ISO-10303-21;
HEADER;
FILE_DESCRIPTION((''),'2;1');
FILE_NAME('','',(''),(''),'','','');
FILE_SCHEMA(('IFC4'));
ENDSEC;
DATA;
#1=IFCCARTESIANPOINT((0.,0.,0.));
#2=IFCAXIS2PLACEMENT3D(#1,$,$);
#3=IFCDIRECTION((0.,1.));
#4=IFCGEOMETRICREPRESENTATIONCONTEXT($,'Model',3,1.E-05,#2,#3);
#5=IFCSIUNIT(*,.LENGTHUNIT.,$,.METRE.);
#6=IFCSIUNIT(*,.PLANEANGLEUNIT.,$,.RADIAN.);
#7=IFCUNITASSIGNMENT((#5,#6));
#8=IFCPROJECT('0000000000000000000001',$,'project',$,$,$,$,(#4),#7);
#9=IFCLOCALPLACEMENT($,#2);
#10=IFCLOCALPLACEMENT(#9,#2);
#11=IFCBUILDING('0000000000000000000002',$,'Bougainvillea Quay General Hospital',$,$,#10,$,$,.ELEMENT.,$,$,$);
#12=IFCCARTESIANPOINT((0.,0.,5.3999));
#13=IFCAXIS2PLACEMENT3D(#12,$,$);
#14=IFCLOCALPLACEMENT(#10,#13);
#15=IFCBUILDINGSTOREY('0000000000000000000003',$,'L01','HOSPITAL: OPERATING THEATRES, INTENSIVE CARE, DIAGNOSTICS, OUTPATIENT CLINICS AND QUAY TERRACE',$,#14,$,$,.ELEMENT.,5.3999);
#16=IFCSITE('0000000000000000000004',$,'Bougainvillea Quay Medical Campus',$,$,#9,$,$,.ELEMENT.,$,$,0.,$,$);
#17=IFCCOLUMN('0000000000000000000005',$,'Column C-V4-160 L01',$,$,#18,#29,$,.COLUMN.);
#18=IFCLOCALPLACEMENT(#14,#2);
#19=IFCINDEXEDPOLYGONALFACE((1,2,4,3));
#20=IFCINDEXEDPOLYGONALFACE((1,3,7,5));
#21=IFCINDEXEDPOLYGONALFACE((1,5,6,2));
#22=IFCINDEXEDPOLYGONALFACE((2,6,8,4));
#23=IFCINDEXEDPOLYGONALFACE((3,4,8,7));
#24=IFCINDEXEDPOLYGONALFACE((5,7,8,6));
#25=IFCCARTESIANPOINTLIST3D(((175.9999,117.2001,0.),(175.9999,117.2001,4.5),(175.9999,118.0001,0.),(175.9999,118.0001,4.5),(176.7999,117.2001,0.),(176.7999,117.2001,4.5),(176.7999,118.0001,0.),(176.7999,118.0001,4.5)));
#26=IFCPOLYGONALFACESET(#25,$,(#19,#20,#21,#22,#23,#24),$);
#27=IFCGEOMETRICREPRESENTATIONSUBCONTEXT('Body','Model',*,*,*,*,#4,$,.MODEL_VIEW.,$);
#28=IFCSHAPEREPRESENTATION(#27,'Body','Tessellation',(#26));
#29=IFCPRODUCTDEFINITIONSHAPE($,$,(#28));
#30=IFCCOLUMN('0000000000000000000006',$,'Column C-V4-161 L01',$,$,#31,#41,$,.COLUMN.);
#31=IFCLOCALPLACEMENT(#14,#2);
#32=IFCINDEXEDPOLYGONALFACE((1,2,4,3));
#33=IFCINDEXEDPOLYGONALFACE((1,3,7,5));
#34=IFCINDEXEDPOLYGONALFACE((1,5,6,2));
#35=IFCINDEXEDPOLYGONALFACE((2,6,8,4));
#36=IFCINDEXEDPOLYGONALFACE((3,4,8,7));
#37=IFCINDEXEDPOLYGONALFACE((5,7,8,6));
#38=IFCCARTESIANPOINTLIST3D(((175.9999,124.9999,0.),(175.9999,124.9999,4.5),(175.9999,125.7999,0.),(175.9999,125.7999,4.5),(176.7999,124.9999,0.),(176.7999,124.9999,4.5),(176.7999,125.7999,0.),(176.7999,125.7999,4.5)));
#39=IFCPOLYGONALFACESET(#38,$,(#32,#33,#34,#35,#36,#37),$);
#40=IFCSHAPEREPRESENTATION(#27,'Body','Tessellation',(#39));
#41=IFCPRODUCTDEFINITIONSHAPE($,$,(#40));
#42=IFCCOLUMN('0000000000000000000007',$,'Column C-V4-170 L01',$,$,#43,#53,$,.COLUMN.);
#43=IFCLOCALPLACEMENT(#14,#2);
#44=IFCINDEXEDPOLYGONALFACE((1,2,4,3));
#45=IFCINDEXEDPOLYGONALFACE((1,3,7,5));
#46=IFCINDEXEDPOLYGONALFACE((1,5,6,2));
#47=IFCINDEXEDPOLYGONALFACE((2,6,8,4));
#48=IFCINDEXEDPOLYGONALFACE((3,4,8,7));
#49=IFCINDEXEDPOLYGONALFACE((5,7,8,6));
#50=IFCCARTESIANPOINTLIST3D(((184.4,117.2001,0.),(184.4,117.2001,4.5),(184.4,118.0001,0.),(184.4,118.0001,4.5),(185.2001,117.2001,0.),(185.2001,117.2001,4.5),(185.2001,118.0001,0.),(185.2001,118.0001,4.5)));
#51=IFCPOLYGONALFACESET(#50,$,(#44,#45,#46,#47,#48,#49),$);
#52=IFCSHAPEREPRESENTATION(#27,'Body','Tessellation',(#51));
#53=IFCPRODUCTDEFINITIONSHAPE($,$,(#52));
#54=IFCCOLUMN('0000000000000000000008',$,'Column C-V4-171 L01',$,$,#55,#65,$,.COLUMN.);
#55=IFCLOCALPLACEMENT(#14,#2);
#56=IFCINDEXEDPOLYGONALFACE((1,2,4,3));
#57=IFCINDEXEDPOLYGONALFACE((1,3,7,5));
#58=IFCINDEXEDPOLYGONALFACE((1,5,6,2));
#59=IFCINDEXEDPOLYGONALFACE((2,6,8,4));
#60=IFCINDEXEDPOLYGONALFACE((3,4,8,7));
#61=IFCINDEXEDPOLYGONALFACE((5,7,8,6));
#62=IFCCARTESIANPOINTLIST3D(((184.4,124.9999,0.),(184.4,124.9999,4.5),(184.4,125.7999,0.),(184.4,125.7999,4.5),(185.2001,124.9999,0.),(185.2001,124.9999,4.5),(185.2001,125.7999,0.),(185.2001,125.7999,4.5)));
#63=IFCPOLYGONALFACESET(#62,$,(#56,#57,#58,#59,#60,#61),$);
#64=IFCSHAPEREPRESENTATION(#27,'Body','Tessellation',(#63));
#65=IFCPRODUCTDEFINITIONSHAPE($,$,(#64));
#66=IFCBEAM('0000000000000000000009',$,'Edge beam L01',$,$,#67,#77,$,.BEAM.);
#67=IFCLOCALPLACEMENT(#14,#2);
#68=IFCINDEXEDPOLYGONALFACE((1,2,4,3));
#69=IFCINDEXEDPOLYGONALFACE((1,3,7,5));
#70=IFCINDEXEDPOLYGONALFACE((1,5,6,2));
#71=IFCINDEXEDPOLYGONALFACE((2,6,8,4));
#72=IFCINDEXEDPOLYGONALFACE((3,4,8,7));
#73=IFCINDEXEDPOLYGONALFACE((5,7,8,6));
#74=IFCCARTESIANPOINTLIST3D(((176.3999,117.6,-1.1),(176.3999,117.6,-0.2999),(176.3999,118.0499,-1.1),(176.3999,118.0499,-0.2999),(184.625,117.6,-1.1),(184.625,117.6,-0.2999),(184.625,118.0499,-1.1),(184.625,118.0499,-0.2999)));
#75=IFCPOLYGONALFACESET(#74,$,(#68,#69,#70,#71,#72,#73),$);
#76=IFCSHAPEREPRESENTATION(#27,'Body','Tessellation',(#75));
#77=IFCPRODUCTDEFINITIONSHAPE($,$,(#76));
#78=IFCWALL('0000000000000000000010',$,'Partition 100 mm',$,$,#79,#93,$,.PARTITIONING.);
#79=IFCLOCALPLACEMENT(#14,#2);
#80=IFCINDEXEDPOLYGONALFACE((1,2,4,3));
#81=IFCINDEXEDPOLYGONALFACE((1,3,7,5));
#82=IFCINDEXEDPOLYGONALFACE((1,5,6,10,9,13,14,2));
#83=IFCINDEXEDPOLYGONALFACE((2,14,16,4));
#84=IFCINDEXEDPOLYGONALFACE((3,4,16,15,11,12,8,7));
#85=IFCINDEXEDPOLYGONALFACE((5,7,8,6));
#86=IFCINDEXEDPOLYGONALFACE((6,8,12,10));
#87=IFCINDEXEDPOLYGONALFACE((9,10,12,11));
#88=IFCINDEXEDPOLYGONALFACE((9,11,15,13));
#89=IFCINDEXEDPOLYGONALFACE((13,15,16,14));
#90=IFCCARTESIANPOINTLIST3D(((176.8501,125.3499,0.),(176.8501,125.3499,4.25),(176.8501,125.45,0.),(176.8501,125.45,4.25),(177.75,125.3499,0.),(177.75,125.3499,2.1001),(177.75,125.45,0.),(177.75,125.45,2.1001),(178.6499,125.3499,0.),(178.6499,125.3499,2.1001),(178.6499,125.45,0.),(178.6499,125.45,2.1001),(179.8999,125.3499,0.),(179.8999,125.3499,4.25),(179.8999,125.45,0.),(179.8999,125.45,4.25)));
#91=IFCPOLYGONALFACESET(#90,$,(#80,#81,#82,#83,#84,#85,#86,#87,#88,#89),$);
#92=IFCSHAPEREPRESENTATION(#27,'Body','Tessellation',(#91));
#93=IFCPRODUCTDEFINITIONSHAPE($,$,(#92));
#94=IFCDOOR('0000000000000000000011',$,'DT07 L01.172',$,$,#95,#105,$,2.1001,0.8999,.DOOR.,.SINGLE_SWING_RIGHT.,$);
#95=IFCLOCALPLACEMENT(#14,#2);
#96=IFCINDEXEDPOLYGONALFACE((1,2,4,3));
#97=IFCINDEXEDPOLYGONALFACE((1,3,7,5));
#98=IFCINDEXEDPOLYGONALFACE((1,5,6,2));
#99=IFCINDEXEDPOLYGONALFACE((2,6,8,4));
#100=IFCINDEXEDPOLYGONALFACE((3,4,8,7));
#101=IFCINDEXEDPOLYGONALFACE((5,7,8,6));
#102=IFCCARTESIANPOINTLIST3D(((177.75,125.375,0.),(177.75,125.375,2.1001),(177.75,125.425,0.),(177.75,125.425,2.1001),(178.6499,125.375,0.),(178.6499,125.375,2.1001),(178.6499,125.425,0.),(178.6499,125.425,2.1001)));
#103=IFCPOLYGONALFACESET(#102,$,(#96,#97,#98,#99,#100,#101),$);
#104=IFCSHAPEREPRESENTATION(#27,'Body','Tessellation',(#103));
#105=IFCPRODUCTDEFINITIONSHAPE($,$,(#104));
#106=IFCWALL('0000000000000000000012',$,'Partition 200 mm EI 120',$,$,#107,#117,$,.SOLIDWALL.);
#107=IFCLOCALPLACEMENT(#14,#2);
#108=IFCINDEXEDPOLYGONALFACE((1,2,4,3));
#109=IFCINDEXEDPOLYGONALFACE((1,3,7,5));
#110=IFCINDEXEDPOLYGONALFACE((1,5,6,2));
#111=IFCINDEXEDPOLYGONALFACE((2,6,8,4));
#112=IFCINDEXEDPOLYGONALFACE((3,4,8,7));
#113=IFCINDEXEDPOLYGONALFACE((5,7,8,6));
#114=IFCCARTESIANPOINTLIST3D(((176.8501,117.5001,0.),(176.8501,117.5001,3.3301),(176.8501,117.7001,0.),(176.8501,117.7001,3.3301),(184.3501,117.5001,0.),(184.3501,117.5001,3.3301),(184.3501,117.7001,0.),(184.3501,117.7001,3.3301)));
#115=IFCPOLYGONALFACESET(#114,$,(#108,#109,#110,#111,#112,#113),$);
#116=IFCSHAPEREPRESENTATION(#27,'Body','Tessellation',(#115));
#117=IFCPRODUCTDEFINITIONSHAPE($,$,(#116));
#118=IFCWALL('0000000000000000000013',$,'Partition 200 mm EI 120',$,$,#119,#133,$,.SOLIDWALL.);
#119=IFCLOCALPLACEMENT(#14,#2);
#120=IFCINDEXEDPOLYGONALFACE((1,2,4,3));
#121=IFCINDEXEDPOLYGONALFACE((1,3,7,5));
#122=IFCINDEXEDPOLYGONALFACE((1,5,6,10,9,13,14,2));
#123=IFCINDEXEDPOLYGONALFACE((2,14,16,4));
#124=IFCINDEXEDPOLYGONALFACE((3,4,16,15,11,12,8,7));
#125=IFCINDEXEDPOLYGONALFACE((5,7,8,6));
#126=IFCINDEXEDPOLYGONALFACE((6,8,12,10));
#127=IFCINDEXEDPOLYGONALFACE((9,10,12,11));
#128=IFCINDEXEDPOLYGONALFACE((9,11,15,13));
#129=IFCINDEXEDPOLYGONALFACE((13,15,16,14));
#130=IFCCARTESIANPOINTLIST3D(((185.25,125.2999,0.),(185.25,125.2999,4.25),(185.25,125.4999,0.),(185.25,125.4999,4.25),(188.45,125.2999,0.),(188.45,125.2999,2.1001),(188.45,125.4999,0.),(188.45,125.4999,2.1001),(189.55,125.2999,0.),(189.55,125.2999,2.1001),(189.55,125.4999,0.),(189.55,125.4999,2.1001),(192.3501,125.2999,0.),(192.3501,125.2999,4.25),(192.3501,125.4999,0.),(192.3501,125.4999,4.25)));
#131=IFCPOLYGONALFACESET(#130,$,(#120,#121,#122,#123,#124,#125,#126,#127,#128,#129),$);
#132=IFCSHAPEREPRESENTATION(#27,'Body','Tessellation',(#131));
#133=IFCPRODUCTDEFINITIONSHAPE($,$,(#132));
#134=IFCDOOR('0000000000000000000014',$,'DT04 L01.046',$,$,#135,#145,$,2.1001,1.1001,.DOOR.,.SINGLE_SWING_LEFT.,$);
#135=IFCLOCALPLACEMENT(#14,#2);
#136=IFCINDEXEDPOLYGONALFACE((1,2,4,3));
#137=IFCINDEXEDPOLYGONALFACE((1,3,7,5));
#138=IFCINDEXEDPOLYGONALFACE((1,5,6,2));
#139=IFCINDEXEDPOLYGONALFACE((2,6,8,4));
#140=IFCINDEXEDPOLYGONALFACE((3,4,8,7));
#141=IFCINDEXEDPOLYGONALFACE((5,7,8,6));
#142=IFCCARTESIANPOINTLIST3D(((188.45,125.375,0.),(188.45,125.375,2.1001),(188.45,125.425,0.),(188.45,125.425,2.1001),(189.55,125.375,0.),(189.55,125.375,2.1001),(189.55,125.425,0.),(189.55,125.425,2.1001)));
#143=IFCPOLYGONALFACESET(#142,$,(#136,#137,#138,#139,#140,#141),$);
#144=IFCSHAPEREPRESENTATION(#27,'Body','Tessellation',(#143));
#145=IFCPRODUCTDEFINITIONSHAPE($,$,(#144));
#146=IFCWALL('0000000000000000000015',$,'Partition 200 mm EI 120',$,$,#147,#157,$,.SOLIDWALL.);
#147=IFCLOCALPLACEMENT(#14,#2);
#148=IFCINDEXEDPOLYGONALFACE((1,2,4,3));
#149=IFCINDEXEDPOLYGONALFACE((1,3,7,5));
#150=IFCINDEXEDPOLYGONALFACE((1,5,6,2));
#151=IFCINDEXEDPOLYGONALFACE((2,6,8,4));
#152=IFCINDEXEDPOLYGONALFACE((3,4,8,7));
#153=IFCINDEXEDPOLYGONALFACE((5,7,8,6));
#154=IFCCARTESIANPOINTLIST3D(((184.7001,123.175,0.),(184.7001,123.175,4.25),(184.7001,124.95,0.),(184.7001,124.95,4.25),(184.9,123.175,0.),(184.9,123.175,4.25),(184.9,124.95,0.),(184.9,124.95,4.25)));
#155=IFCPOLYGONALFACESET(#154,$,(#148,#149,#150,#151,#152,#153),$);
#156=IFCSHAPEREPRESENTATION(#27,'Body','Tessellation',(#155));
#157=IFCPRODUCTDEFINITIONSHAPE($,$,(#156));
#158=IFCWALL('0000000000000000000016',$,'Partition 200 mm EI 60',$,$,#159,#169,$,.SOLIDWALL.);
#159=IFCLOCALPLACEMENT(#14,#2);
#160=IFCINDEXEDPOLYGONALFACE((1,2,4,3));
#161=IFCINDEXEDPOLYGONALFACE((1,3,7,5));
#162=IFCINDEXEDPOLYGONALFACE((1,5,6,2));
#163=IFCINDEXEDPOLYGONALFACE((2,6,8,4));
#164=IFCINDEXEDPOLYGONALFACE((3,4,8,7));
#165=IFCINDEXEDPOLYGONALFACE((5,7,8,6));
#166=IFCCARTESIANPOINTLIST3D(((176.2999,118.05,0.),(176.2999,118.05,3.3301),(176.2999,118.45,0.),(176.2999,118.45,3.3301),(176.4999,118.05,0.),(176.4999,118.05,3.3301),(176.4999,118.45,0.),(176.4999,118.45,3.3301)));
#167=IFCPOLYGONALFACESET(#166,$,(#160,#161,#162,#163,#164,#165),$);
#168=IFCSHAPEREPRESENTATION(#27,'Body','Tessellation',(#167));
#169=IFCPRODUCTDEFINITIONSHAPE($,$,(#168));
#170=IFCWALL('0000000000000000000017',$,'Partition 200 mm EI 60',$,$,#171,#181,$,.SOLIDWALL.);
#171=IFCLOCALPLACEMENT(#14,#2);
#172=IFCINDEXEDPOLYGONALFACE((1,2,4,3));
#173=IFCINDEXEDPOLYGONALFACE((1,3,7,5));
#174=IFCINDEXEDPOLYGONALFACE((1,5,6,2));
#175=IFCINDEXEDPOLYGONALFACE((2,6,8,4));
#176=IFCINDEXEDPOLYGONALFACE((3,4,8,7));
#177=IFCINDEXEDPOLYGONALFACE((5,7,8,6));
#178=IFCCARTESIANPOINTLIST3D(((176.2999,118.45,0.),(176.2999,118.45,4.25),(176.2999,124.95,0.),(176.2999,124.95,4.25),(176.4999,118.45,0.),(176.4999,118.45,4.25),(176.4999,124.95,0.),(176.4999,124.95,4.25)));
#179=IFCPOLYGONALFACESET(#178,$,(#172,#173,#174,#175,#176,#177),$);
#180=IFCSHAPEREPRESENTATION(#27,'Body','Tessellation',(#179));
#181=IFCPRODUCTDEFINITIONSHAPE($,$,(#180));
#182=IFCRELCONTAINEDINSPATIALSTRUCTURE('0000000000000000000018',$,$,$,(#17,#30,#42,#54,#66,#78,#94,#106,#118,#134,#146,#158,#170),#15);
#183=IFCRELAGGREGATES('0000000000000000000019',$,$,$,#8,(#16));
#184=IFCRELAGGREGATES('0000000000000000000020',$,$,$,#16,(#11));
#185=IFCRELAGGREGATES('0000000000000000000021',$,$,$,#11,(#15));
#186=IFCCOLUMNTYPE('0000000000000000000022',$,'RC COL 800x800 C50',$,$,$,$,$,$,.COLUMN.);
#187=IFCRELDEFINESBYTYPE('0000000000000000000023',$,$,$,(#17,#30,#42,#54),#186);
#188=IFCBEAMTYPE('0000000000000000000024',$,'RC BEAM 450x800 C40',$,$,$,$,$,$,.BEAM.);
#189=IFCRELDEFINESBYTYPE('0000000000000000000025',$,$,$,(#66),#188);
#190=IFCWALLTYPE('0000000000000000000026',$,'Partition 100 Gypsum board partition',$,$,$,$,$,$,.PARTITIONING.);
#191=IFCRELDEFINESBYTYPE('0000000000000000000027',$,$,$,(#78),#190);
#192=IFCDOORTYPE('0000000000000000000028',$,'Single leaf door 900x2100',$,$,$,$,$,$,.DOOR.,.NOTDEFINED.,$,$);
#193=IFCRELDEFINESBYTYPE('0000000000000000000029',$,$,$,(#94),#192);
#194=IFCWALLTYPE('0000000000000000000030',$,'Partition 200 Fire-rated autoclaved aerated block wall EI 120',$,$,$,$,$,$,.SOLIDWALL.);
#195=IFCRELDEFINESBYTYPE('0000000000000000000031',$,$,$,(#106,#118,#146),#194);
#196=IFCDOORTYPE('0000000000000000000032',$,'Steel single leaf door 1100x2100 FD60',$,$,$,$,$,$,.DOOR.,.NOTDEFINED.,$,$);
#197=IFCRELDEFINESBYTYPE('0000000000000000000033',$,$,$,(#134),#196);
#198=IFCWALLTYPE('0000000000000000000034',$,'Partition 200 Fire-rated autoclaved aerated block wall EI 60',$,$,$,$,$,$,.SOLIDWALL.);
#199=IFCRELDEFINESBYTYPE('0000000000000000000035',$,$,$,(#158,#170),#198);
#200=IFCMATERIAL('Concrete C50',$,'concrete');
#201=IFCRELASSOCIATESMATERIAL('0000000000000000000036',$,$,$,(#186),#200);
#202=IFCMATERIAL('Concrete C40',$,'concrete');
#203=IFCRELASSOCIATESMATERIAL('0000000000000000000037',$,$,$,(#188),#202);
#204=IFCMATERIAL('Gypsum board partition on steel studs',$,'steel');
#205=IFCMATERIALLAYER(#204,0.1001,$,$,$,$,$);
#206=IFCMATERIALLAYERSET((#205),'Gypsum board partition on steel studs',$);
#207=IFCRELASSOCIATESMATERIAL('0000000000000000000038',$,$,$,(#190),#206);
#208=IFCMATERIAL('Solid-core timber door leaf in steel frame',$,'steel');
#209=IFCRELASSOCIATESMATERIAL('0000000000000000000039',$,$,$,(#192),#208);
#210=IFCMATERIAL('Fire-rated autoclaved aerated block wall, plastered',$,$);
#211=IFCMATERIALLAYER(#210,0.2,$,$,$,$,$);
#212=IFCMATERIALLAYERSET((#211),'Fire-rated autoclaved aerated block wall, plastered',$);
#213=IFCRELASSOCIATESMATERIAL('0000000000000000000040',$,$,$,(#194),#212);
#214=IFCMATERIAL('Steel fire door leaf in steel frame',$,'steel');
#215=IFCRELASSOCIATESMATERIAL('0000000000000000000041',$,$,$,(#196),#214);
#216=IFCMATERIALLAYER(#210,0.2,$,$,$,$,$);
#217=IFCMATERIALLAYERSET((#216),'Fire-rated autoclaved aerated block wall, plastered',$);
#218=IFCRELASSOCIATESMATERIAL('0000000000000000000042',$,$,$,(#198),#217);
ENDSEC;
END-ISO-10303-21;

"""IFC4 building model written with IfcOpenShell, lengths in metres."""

from ifc_helpers import new_model, si_unit, direction, frame, frame_2d, origin, origin_2d, place, context, subcontext, project, spatial, rectangle, extrude, material, layer, layer_set, material_profile, profile_set, type_object, element, fill, save


model = new_model("IFC4")

# Units and contexts
model_context = context("Model", 3, precision=1e-05, world=origin(), true_north=direction((0.0, 1.0)))
body_context = subcontext(model_context, "Body", "Model", "MODEL_VIEW")
ifc_project = project(units=[si_unit("LENGTHUNIT", "METRE"), si_unit("PLANEANGLEUNIT", "RADIAN")], contexts=[model_context])

# Site, building, storey
site_placement = place(None, origin())
site = spatial("IfcSite", under=ifc_project, at=site_placement, Name="Bougainvillea Quay Medical Campus", CompositionType="ELEMENT", RefElevation=0.0)
building_placement = place(site_placement, origin())
building = spatial("IfcBuilding", under=site, at=building_placement, Name="Bougainvillea Quay General Hospital", CompositionType="ELEMENT")
storey_placement = place(building_placement, frame((0.0, 0.0, 5.3999)))
storey = spatial("IfcBuildingStorey", under=building, at=storey_placement, Name="L01", Description="HOSPITAL: OPERATING THEATRES, INTENSIVE CARE, DIAGNOSTICS, OUTPATIENT CLINICS AND QUAY TERRACE", CompositionType="ELEMENT", Elevation=5.3999)

# Columns
ifc_material_1 = material(Name="Concrete C50", Category="concrete")
ifc_material_profile_1 = material_profile(ifc_material_1, rectangle(XDim=0.8, YDim=0.8, at=origin_2d()))
ifc_profile_set_1 = profile_set([ifc_material_profile_1], Name="Concrete C50")
column_type = type_object("IfcColumnType", Name="RC COL 800x800 C50", PredefinedType="COLUMN", material=ifc_profile_set_1)
for number, where, z_axis, x_axis, name in (
    (1, (176.3999, 117.6001, 0.0), (0.0, 0.0, 1.0), (1.0, 0.0, 0.0), "Column C-V4-160 L01"),
    (2, (176.3999, 125.3999, 0.0), (0.0, 0.0, 1.0), (1.0, 0.0, 0.0), "Column C-V4-161 L01"),
    (3, (184.8, 117.6001, 0.0), (0.0, 0.0, 1.0), (1.0, 0.0, 0.0), "Column C-V4-170 L01"),
    (4, (184.8, 125.3999, 0.0), (0.0, 0.0, 1.0), (1.0, 0.0, 0.0), "Column C-V4-171 L01"),
):
    element("IfcColumn", number, at=place(storey_placement, frame(where, z_axis=z_axis, x_axis=x_axis)), inside=storey, type_object=column_type, Name=name, PredefinedType="COLUMN", context=body_context, shape_type="SweptSolid", body=[
        extrude(rectangle(XDim=0.8, YDim=0.8, at=origin_2d()), origin(), (0.0, 0.0, 1.0), 4.5),
    ])

# Beam
ifc_material_2 = material(Name="Concrete C40", Category="concrete")
ifc_material_profile_2 = material_profile(ifc_material_2, rectangle(XDim=0.45, YDim=0.8, at=origin_2d()))
ifc_profile_set_2 = profile_set([ifc_material_profile_2], Name="Concrete C40")
beam_type = type_object("IfcBeamType", Name="RC BEAM 450x800 C40", PredefinedType="BEAM", material=ifc_profile_set_2)
beam_placement = place(storey_placement, frame((176.3999, 117.825, -0.7), z_axis=(1.0, 0.0, 0.0), x_axis=(0.0, 1.0, 0.0)))
element("IfcBeam", 5, at=beam_placement, inside=storey, type_object=beam_type, Name="Edge beam L01", PredefinedType="BEAM", context=body_context, shape_type="SweptSolid", body=[
    extrude(rectangle(XDim=0.45, YDim=0.8, at=origin_2d()), origin(), (0.0, 0.0, 1.0), 8.2251),
])

# Wall, opening, door
ifc_material_3 = material(Name="Gypsum board partition on steel studs", Category="steel")
ifc_layer_1 = layer(ifc_material_3, 0.1001)
ifc_layer_set_1 = layer_set([ifc_layer_1], Name="Gypsum board partition on steel studs")
wall_type_1 = type_object("IfcWallType", Name="Partition 100 Gypsum board partition", PredefinedType="PARTITIONING", material=ifc_layer_set_1)
wall_1_placement = place(storey_placement, frame((176.8501, 125.3999, 0.0), z_axis=(0.0, 0.0, 1.0), x_axis=(1.0, 0.0, 0.0)))
wall_1 = element("IfcWall", 6, at=wall_1_placement, inside=storey, type_object=wall_type_1, Name="Partition 100 mm", PredefinedType="PARTITIONING", context=body_context, shape_type="SweptSolid", body=[
    extrude(rectangle(XDim=3.0498, YDim=0.1001, at=frame_2d((1.5249, 0.0))), origin(), (0.0, 0.0, 1.0), 4.25),
])
opening_1_placement = place(wall_1_placement, frame((0.8999, 0.0, 0.0)))
opening_1 = element("IfcOpeningElement", 7, at=opening_1_placement, cuts=wall_1, PredefinedType="OPENING", context=body_context, shape_type="SweptSolid", body=[
    extrude(rectangle(XDim=0.8999, YDim=2.1001, at=frame_2d((0.45, 1.05))), frame((0.0, 0.0601, 0.0), z_axis=(0.0, -1.0, 0.0), x_axis=(1.0, 0.0, 0.0)), (0.0, 0.0, 1.0), 0.1201),
])
ifc_material_4 = material(Name="Solid-core timber door leaf in steel frame", Category="steel")
door_type_1 = type_object("IfcDoorType", Name="Single leaf door 900x2100", OperationType="NOTDEFINED", PredefinedType="DOOR", material=ifc_material_4)
door_1_placement = place(opening_1_placement, frame((0.8999, 0.0, 0.0), z_axis=(0.0, 0.0, 1.0), x_axis=(-1.0, 0.0, 0.0)))
door_1 = element("IfcDoor", 8, at=door_1_placement, inside=storey, type_object=door_type_1, Name="DT07 L01.172", OperationType="SINGLE_SWING_RIGHT", OverallHeight=2.1001, OverallWidth=0.8999, PredefinedType="DOOR", context=body_context, shape_type="SweptSolid", body=[
    extrude(rectangle(XDim=0.8999, YDim=2.1001, at=frame_2d((0.45, 1.05))), frame((0.0, 0.0249, 0.0), z_axis=(0.0, -1.0, 0.0), x_axis=(1.0, 0.0, 0.0)), (0.0, 0.0, 1.0), 0.05),
])
fill(opening_1, door_1)

# Wall
ifc_material_5 = material(Name="Fire-rated autoclaved aerated block wall, plastered")
ifc_layer_2 = layer(ifc_material_5, 0.2)
ifc_layer_set_2 = layer_set([ifc_layer_2], Name="Fire-rated autoclaved aerated block wall, plastered")
wall_type_2 = type_object("IfcWallType", Name="Partition 200 Fire-rated autoclaved aerated block wall EI 120", PredefinedType="SOLIDWALL", material=ifc_layer_set_2)
wall_2_placement = place(storey_placement, frame((184.3501, 117.6001, 0.0), z_axis=(0.0, 0.0, 1.0), x_axis=(-1.0, 0.0, 0.0)))
element("IfcWall", 9, at=wall_2_placement, inside=storey, type_object=wall_type_2, Name="Partition 200 mm EI 120", PredefinedType="SOLIDWALL", context=body_context, shape_type="SweptSolid", body=[
    extrude(rectangle(XDim=7.5, YDim=0.2, at=frame_2d((3.75, 0.0))), origin(), (0.0, 0.0, 1.0), 3.3301),
])

# Wall, opening, door
wall_3_placement = place(storey_placement, frame((185.25, 125.3999, 0.0), z_axis=(0.0, 0.0, 1.0), x_axis=(1.0, 0.0, 0.0)))
wall_3 = element("IfcWall", 10, at=wall_3_placement, inside=storey, type_object=wall_type_2, Name="Partition 200 mm EI 120", PredefinedType="SOLIDWALL", context=body_context, shape_type="SweptSolid", body=[
    extrude(rectangle(XDim=7.1001, YDim=0.2, at=frame_2d((3.55, 0.0))), origin(), (0.0, 0.0, 1.0), 4.25),
])
opening_2_placement = place(wall_3_placement, frame((3.2, 0.0, 0.0)))
opening_2 = element("IfcOpeningElement", 11, at=opening_2_placement, cuts=wall_3, PredefinedType="OPENING", context=body_context, shape_type="SweptSolid", body=[
    extrude(rectangle(XDim=1.1001, YDim=2.1001, at=frame_2d((0.55, 1.05))), frame((0.0, 0.1099, 0.0), z_axis=(0.0, -1.0, 0.0), x_axis=(1.0, 0.0, 0.0)), (0.0, 0.0, 1.0), 0.22),
])
ifc_material_6 = material(Name="Steel fire door leaf in steel frame", Category="steel")
door_type_2 = type_object("IfcDoorType", Name="Steel single leaf door 1100x2100 FD60", OperationType="NOTDEFINED", PredefinedType="DOOR", material=ifc_material_6)
door_2_placement = place(opening_2_placement, frame((1.1001, 0.0, 0.0), z_axis=(0.0, 0.0, 1.0), x_axis=(-1.0, 0.0, 0.0)))
door_2 = element("IfcDoor", 12, at=door_2_placement, inside=storey, type_object=door_type_2, Name="DT04 L01.046", OperationType="SINGLE_SWING_LEFT", OverallHeight=2.1001, OverallWidth=1.1001, PredefinedType="DOOR", context=body_context, shape_type="SweptSolid", body=[
    extrude(rectangle(XDim=1.1001, YDim=2.1001, at=frame_2d((0.55, 1.05))), frame((0.0, 0.0249, 0.0), z_axis=(0.0, -1.0, 0.0), x_axis=(1.0, 0.0, 0.0)), (0.0, 0.0, 1.0), 0.05),
])
fill(opening_2, door_2)

# Walls
wall_4_placement = place(storey_placement, frame((184.8, 123.175, 0.0), z_axis=(0.0, 0.0, 1.0), x_axis=(0.0, 1.0, 0.0)))
element("IfcWall", 13, at=wall_4_placement, inside=storey, type_object=wall_type_2, Name="Partition 200 mm EI 120", PredefinedType="SOLIDWALL", context=body_context, shape_type="SweptSolid", body=[
    extrude(rectangle(XDim=1.7749, YDim=0.2, at=frame_2d((0.8875, 0.0))), origin(), (0.0, 0.0, 1.0), 4.25),
])
ifc_layer_3 = layer(ifc_material_5, 0.2)
ifc_layer_set_3 = layer_set([ifc_layer_3], Name="Fire-rated autoclaved aerated block wall, plastered")
wall_type_3 = type_object("IfcWallType", Name="Partition 200 Fire-rated autoclaved aerated block wall EI 60", PredefinedType="SOLIDWALL", material=ifc_layer_set_3)
wall_5_placement = place(storey_placement, frame((176.3999, 118.05, 0.0), z_axis=(0.0, 0.0, 1.0), x_axis=(0.0, 1.0, 0.0)))
element("IfcWall", 14, at=wall_5_placement, inside=storey, type_object=wall_type_3, Name="Partition 200 mm EI 60", PredefinedType="SOLIDWALL", context=body_context, shape_type="SweptSolid", body=[
    extrude(rectangle(XDim=0.3999, YDim=0.2, at=frame_2d((0.2, 0.0))), origin(), (0.0, 0.0, 1.0), 3.3301),
])
wall_6_placement = place(storey_placement, frame((176.3999, 118.45, 0.0), z_axis=(0.0, 0.0, 1.0), x_axis=(0.0, 1.0, 0.0)))
element("IfcWall", 15, at=wall_6_placement, inside=storey, type_object=wall_type_3, Name="Partition 200 mm EI 60", PredefinedType="SOLIDWALL", context=body_context, shape_type="SweptSolid", body=[
    extrude(rectangle(XDim=6.5, YDim=0.2, at=frame_2d((3.25, 0.0))), origin(), (0.0, 0.0, 1.0), 4.25),
])

save(model, "model.ifc")
